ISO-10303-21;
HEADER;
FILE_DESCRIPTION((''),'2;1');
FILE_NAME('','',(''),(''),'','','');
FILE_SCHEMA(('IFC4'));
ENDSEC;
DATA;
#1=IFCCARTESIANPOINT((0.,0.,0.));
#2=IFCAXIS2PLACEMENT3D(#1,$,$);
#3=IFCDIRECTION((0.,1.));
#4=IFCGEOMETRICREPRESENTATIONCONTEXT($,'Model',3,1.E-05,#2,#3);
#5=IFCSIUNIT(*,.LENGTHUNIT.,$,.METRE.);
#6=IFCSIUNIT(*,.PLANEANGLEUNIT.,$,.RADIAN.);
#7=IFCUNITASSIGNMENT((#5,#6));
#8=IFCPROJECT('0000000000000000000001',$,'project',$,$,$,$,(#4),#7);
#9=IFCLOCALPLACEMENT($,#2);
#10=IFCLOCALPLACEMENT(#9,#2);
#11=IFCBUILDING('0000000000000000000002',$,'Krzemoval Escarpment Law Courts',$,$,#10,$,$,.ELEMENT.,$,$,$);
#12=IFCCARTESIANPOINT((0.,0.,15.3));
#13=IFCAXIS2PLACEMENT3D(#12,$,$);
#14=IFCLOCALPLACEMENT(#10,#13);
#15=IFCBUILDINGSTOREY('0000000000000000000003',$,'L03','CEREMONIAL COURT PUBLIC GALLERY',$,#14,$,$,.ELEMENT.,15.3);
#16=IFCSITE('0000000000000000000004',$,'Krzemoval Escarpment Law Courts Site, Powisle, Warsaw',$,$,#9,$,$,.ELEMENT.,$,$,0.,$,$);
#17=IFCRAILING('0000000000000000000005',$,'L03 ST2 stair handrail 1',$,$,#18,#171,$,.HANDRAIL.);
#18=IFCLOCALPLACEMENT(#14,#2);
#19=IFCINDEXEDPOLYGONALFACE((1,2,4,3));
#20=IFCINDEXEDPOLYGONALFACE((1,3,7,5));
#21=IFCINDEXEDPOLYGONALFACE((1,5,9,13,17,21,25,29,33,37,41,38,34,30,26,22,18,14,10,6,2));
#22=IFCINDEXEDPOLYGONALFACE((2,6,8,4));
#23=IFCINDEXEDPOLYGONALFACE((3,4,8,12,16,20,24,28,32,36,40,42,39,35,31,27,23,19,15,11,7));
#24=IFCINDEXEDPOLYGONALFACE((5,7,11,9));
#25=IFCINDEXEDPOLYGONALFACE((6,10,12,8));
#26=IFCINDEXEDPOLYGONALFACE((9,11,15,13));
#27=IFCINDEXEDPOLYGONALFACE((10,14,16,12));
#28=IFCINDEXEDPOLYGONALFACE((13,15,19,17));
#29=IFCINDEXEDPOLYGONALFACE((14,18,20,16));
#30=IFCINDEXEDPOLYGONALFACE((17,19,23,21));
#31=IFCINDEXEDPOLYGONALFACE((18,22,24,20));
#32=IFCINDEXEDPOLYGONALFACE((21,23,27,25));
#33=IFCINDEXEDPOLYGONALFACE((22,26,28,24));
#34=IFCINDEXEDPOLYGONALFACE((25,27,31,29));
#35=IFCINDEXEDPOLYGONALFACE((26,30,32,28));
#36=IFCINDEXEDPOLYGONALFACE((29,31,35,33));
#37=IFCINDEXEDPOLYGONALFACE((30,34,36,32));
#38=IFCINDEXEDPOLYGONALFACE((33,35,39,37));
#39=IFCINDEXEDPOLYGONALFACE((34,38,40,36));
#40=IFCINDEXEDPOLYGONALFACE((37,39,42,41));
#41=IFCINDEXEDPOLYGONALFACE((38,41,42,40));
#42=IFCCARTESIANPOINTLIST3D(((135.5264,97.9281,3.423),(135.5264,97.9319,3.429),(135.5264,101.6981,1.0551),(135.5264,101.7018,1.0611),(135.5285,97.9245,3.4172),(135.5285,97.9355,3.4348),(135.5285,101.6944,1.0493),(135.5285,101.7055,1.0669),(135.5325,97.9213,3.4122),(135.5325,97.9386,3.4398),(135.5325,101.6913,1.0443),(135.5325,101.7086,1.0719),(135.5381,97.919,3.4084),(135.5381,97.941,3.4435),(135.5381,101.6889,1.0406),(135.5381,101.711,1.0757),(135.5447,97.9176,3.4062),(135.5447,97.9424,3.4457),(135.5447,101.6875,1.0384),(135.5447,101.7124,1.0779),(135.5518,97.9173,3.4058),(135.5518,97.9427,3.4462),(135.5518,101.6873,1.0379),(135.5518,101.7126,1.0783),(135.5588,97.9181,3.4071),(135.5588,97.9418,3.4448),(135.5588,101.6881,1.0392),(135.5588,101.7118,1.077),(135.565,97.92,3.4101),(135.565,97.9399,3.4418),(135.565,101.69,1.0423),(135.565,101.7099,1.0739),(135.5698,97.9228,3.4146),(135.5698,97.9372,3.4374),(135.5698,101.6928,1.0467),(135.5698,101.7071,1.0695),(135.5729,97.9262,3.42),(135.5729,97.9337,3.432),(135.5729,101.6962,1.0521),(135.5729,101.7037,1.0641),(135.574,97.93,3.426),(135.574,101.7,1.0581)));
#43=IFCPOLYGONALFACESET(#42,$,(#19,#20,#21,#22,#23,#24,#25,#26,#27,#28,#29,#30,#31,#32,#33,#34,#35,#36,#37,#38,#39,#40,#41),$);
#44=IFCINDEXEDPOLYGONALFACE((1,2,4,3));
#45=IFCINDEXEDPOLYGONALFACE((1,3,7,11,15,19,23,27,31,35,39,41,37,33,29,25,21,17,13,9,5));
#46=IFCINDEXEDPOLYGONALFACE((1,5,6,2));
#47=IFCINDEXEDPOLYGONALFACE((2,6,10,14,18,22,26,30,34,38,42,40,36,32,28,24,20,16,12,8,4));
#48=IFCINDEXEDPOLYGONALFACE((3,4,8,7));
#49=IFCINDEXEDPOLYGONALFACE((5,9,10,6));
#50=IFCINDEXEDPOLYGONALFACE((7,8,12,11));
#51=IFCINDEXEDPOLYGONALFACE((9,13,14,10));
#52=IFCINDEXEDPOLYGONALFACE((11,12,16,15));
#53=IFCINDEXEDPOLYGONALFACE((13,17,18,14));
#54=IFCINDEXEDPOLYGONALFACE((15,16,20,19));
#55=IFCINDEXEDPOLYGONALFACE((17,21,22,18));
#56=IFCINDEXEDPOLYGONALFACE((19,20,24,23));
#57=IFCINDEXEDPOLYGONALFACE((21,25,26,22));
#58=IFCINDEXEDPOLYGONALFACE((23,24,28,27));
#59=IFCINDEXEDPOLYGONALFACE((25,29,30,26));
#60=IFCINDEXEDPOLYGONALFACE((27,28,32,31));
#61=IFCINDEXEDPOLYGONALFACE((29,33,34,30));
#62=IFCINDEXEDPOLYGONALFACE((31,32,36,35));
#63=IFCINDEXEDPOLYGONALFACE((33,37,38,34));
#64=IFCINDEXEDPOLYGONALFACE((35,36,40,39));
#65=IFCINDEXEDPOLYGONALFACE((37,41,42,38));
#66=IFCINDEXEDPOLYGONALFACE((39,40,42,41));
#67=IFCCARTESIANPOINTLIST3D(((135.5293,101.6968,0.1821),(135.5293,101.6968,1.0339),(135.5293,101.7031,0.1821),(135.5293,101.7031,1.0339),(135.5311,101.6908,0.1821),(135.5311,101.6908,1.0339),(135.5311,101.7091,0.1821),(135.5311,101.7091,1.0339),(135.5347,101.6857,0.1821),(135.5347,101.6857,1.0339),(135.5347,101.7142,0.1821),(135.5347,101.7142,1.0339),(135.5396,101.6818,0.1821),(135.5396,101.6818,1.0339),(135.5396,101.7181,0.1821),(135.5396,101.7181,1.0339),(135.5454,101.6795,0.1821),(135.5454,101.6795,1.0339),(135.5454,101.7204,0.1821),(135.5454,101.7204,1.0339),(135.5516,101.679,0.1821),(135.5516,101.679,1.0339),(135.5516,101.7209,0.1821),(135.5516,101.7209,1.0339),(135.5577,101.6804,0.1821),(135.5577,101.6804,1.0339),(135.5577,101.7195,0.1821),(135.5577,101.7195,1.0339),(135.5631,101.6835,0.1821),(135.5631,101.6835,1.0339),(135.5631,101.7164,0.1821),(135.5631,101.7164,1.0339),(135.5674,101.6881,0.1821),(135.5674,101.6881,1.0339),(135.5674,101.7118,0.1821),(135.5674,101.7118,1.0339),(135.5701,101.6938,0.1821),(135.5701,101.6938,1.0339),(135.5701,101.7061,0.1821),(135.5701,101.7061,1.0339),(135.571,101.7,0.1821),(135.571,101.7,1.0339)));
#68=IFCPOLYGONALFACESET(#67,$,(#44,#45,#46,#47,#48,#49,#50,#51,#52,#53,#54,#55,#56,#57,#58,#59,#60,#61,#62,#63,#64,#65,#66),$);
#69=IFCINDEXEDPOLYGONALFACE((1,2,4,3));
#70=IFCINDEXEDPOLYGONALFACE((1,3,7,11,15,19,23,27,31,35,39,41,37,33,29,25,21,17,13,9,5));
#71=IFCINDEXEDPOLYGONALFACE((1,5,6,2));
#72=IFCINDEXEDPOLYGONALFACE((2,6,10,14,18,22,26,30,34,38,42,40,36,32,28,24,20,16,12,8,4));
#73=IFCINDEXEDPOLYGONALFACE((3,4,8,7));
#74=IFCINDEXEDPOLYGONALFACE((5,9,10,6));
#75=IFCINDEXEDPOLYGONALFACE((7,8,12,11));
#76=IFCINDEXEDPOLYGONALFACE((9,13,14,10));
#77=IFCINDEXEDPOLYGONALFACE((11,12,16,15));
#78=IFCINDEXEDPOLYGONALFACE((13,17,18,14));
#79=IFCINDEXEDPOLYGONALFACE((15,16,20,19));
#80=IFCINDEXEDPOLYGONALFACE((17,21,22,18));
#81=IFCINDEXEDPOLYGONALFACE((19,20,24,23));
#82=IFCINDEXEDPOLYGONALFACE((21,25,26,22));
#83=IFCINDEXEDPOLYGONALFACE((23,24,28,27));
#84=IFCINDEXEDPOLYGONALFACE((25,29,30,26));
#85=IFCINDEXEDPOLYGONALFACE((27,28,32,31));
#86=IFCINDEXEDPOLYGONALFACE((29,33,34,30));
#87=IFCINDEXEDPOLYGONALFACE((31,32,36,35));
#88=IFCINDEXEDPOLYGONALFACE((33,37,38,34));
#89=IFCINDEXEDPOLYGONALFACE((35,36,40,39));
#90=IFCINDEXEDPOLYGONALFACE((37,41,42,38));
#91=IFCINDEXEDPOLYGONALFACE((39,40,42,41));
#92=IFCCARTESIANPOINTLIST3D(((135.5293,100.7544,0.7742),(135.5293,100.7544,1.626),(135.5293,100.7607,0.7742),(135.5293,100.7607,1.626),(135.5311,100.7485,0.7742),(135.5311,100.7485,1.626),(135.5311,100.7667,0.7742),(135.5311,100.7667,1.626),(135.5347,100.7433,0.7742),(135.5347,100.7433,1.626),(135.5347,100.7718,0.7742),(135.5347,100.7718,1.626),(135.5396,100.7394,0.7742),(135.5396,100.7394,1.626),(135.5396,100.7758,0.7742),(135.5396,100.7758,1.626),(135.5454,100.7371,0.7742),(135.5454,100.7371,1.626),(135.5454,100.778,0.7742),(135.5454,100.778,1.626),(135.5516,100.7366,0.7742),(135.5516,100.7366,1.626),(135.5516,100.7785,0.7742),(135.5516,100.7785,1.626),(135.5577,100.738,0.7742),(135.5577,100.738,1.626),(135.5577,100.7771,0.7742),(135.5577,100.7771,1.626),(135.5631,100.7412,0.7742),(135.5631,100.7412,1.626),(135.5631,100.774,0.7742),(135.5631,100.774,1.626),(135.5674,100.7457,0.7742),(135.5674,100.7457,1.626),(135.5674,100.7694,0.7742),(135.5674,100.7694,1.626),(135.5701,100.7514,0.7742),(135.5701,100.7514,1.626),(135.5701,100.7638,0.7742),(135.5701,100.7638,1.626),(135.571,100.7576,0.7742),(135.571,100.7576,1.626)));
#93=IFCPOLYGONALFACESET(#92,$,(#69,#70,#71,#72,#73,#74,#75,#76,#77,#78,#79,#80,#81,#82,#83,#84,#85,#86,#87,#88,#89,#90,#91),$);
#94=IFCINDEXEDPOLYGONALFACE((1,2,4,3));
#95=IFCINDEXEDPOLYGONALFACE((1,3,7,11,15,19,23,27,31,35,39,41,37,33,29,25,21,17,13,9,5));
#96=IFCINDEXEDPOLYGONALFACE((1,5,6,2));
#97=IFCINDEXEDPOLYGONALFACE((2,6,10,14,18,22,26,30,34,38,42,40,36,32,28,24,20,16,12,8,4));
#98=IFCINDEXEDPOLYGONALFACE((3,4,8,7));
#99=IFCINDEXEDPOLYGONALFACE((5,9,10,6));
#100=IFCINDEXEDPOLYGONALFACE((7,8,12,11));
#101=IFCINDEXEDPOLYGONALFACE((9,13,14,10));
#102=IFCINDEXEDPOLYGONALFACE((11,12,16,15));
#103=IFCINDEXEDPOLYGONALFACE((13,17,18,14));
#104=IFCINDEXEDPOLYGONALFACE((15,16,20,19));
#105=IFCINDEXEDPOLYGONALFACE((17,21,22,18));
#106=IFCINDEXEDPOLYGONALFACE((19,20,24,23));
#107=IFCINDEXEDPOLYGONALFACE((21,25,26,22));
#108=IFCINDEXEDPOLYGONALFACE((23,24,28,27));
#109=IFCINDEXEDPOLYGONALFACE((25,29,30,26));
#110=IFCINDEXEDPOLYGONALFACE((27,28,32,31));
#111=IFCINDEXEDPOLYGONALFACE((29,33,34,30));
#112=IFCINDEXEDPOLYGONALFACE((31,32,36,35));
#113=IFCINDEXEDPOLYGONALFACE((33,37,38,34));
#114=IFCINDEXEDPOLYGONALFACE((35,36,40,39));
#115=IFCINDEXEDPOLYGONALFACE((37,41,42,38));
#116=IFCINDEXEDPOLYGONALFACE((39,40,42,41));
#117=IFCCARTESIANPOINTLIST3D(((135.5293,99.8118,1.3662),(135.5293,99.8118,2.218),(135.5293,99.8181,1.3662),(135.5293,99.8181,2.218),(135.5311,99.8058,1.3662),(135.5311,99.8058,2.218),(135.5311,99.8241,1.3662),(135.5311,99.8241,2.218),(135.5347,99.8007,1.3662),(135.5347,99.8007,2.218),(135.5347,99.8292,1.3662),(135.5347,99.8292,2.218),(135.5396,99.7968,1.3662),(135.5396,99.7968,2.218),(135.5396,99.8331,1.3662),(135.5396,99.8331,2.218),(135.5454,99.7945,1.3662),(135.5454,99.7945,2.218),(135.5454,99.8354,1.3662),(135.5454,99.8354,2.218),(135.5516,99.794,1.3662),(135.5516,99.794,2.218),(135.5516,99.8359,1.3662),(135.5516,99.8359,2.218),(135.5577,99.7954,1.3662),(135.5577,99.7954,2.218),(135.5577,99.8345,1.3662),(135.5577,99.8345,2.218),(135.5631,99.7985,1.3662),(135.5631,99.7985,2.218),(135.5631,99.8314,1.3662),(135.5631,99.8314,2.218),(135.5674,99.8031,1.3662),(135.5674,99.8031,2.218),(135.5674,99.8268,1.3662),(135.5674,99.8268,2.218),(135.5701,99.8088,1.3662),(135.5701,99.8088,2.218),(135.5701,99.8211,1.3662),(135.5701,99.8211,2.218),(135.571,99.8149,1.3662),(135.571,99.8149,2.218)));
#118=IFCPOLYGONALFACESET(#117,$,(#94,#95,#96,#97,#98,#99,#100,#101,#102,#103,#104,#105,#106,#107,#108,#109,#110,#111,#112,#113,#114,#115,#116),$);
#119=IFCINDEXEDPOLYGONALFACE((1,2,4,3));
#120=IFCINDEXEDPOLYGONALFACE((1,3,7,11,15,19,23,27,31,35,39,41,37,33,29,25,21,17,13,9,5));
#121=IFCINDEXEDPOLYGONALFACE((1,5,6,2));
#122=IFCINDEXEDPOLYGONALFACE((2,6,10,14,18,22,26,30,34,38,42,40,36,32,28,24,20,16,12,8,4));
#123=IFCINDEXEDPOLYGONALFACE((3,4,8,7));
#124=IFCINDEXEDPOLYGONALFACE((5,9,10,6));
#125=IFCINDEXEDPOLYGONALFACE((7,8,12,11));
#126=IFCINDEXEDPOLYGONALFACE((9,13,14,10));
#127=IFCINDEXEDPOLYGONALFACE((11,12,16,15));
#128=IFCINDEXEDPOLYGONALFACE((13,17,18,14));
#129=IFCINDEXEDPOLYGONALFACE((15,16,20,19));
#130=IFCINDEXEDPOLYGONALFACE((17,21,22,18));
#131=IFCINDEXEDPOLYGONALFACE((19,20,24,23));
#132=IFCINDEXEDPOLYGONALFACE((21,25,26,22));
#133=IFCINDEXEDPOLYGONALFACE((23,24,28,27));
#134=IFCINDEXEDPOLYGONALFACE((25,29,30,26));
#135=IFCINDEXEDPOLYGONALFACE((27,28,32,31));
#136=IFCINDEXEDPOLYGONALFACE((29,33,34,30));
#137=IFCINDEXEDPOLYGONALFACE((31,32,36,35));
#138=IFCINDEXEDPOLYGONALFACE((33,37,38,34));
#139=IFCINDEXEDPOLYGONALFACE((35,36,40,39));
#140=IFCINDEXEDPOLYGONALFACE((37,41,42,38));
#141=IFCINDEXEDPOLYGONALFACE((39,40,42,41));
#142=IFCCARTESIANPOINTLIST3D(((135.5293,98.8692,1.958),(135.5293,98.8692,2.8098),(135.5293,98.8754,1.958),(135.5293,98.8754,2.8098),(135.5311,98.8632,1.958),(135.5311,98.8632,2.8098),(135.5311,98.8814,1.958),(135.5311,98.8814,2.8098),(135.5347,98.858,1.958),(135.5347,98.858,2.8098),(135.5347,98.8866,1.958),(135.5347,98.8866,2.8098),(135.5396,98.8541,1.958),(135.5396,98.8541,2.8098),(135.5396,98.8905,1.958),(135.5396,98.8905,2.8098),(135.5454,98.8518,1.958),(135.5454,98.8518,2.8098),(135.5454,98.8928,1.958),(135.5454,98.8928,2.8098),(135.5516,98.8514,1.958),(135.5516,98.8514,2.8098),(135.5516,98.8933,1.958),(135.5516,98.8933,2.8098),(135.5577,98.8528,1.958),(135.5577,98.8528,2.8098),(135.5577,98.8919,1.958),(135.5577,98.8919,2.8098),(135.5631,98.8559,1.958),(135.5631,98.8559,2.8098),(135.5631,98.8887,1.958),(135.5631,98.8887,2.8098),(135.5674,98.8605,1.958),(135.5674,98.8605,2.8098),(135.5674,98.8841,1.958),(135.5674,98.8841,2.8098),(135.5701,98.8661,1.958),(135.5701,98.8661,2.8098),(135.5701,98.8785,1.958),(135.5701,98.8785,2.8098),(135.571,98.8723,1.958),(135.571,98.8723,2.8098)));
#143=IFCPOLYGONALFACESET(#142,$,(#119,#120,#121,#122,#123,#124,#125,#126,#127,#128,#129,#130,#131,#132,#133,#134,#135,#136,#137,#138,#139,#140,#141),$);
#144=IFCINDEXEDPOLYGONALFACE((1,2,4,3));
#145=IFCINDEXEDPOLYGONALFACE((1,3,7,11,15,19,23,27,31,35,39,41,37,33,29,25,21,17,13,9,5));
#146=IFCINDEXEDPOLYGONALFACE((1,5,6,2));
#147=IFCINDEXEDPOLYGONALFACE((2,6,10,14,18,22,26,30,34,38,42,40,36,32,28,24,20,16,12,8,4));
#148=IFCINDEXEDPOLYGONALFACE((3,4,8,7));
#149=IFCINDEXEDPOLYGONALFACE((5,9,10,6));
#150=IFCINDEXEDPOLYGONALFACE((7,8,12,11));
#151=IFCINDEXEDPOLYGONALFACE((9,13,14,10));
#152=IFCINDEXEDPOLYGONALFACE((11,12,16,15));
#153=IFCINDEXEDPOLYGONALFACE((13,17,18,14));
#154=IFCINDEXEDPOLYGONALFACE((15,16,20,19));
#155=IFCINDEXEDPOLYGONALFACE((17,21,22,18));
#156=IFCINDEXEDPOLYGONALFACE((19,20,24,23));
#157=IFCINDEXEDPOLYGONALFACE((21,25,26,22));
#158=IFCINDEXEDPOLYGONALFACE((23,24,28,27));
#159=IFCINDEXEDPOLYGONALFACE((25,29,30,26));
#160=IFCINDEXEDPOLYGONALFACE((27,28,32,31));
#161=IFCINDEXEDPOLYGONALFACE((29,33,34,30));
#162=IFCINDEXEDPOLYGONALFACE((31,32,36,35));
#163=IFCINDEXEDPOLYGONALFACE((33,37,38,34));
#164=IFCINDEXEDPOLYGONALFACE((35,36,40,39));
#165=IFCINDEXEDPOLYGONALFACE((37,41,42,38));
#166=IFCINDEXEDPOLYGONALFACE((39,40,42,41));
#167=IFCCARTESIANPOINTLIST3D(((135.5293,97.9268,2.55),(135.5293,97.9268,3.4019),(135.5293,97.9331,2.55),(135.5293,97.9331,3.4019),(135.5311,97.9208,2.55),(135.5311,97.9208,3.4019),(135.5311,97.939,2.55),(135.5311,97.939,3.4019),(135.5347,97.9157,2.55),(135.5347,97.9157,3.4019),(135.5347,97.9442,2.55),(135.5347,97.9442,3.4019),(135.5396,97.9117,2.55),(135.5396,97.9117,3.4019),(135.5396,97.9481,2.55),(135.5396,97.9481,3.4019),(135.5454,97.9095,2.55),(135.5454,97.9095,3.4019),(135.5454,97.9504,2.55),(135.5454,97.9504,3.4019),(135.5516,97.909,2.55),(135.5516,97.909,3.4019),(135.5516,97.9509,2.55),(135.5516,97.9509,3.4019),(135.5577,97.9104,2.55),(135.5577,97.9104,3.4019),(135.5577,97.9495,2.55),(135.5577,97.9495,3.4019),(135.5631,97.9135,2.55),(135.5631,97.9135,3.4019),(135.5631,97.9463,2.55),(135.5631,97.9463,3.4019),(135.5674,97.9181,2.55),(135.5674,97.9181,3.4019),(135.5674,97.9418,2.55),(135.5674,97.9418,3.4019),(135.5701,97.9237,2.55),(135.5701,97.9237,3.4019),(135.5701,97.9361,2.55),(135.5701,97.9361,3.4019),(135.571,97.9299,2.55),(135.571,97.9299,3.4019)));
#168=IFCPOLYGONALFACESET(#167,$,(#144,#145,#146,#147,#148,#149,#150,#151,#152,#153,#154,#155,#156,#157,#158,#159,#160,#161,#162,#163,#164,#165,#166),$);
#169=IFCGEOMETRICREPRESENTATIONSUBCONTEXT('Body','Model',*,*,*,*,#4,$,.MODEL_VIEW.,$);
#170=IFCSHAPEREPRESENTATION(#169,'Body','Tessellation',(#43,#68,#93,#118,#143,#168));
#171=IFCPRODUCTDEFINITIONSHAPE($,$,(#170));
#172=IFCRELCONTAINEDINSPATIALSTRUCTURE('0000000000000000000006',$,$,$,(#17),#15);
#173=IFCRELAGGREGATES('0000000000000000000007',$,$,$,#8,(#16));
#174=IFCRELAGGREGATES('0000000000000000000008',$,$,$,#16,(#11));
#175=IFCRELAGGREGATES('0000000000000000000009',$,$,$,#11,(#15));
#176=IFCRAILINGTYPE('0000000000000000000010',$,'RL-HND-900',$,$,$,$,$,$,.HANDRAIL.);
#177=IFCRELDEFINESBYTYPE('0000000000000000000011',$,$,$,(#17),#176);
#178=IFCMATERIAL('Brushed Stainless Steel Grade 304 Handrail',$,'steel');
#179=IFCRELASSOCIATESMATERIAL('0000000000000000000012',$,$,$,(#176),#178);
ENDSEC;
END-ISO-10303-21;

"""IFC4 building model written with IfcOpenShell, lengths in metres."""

from ifc_helpers import new_model, si_unit, direction, frame, origin, origin_2d, place, context, subcontext, project, spatial, circle, extrude, material, type_object, element, save


model = new_model("IFC4")

# Units and contexts
model_context = context("Model", 3, precision=1e-05, world=origin(), true_north=direction((0.0, 1.0)))
body_context = subcontext(model_context, "Body", "Model", "MODEL_VIEW")
ifc_project = project(units=[si_unit("LENGTHUNIT", "METRE"), si_unit("PLANEANGLEUNIT", "RADIAN")], contexts=[model_context])

# Site, building, storey
site_placement = place(None, origin())
site = spatial("IfcSite", under=ifc_project, at=site_placement, Name="Krzemoval Escarpment Law Courts Site, Powisle, Warsaw", CompositionType="ELEMENT", RefElevation=0.0)
building_placement = place(site_placement, origin())
building = spatial("IfcBuilding", under=site, at=building_placement, Name="Krzemoval Escarpment Law Courts", CompositionType="ELEMENT")
storey_placement = place(building_placement, frame((0.0, 0.0, 15.3)))
storey = spatial("IfcBuildingStorey", under=building, at=storey_placement, Name="L03", Description="CEREMONIAL COURT PUBLIC GALLERY", CompositionType="ELEMENT", Elevation=15.3)

# Railing
ifc_material_1 = material(Name="Brushed Stainless Steel Grade 304 Handrail", Category="steel")
railing_type_1 = type_object("IfcRailingType", Name="RL-HND-900", PredefinedType="HANDRAIL", material=ifc_material_1)
for number, where, name in (
    (1, (135.55, 101.7, 0.1821), "L03 ST2 stair handrail 1"),
):
    element("IfcRailing", number, at=place(storey_placement, frame(where)), inside=storey, type_object=railing_type_1, Name=name, PredefinedType="HANDRAIL", context=body_context, shape_type="SweptSolid", body=[
        extrude(circle(Radius=0.0239, at=origin_2d()), frame((0.0, 0.0, 0.876), z_axis=(0.0, -0.846819, 0.531881), x_axis=(1.0, 0.0, 0.0)), (0.0, 0.0, 1.0), 4.4519),
        extrude(circle(Radius=0.021, at=origin_2d()), origin(), (0.0, 0.0, 1.0), 0.8518),
        extrude(circle(Radius=0.021, at=origin_2d()), frame((0.0, -0.9424, 0.592)), (0.0, 0.0, 1.0), 0.8518),
        extrude(circle(Radius=0.021, at=origin_2d()), frame((0.0, -1.885, 1.1841)), (0.0, 0.0, 1.0), 0.8518),
        extrude(circle(Radius=0.021, at=origin_2d()), frame((0.0, -2.8276, 1.7759)), (0.0, 0.0, 1.0), 0.8518),
        extrude(circle(Radius=0.021, at=origin_2d()), frame((0.0, -3.77, 2.3679)), (0.0, 0.0, 1.0), 0.8518),
    ])

save(model, "model.ifc")
